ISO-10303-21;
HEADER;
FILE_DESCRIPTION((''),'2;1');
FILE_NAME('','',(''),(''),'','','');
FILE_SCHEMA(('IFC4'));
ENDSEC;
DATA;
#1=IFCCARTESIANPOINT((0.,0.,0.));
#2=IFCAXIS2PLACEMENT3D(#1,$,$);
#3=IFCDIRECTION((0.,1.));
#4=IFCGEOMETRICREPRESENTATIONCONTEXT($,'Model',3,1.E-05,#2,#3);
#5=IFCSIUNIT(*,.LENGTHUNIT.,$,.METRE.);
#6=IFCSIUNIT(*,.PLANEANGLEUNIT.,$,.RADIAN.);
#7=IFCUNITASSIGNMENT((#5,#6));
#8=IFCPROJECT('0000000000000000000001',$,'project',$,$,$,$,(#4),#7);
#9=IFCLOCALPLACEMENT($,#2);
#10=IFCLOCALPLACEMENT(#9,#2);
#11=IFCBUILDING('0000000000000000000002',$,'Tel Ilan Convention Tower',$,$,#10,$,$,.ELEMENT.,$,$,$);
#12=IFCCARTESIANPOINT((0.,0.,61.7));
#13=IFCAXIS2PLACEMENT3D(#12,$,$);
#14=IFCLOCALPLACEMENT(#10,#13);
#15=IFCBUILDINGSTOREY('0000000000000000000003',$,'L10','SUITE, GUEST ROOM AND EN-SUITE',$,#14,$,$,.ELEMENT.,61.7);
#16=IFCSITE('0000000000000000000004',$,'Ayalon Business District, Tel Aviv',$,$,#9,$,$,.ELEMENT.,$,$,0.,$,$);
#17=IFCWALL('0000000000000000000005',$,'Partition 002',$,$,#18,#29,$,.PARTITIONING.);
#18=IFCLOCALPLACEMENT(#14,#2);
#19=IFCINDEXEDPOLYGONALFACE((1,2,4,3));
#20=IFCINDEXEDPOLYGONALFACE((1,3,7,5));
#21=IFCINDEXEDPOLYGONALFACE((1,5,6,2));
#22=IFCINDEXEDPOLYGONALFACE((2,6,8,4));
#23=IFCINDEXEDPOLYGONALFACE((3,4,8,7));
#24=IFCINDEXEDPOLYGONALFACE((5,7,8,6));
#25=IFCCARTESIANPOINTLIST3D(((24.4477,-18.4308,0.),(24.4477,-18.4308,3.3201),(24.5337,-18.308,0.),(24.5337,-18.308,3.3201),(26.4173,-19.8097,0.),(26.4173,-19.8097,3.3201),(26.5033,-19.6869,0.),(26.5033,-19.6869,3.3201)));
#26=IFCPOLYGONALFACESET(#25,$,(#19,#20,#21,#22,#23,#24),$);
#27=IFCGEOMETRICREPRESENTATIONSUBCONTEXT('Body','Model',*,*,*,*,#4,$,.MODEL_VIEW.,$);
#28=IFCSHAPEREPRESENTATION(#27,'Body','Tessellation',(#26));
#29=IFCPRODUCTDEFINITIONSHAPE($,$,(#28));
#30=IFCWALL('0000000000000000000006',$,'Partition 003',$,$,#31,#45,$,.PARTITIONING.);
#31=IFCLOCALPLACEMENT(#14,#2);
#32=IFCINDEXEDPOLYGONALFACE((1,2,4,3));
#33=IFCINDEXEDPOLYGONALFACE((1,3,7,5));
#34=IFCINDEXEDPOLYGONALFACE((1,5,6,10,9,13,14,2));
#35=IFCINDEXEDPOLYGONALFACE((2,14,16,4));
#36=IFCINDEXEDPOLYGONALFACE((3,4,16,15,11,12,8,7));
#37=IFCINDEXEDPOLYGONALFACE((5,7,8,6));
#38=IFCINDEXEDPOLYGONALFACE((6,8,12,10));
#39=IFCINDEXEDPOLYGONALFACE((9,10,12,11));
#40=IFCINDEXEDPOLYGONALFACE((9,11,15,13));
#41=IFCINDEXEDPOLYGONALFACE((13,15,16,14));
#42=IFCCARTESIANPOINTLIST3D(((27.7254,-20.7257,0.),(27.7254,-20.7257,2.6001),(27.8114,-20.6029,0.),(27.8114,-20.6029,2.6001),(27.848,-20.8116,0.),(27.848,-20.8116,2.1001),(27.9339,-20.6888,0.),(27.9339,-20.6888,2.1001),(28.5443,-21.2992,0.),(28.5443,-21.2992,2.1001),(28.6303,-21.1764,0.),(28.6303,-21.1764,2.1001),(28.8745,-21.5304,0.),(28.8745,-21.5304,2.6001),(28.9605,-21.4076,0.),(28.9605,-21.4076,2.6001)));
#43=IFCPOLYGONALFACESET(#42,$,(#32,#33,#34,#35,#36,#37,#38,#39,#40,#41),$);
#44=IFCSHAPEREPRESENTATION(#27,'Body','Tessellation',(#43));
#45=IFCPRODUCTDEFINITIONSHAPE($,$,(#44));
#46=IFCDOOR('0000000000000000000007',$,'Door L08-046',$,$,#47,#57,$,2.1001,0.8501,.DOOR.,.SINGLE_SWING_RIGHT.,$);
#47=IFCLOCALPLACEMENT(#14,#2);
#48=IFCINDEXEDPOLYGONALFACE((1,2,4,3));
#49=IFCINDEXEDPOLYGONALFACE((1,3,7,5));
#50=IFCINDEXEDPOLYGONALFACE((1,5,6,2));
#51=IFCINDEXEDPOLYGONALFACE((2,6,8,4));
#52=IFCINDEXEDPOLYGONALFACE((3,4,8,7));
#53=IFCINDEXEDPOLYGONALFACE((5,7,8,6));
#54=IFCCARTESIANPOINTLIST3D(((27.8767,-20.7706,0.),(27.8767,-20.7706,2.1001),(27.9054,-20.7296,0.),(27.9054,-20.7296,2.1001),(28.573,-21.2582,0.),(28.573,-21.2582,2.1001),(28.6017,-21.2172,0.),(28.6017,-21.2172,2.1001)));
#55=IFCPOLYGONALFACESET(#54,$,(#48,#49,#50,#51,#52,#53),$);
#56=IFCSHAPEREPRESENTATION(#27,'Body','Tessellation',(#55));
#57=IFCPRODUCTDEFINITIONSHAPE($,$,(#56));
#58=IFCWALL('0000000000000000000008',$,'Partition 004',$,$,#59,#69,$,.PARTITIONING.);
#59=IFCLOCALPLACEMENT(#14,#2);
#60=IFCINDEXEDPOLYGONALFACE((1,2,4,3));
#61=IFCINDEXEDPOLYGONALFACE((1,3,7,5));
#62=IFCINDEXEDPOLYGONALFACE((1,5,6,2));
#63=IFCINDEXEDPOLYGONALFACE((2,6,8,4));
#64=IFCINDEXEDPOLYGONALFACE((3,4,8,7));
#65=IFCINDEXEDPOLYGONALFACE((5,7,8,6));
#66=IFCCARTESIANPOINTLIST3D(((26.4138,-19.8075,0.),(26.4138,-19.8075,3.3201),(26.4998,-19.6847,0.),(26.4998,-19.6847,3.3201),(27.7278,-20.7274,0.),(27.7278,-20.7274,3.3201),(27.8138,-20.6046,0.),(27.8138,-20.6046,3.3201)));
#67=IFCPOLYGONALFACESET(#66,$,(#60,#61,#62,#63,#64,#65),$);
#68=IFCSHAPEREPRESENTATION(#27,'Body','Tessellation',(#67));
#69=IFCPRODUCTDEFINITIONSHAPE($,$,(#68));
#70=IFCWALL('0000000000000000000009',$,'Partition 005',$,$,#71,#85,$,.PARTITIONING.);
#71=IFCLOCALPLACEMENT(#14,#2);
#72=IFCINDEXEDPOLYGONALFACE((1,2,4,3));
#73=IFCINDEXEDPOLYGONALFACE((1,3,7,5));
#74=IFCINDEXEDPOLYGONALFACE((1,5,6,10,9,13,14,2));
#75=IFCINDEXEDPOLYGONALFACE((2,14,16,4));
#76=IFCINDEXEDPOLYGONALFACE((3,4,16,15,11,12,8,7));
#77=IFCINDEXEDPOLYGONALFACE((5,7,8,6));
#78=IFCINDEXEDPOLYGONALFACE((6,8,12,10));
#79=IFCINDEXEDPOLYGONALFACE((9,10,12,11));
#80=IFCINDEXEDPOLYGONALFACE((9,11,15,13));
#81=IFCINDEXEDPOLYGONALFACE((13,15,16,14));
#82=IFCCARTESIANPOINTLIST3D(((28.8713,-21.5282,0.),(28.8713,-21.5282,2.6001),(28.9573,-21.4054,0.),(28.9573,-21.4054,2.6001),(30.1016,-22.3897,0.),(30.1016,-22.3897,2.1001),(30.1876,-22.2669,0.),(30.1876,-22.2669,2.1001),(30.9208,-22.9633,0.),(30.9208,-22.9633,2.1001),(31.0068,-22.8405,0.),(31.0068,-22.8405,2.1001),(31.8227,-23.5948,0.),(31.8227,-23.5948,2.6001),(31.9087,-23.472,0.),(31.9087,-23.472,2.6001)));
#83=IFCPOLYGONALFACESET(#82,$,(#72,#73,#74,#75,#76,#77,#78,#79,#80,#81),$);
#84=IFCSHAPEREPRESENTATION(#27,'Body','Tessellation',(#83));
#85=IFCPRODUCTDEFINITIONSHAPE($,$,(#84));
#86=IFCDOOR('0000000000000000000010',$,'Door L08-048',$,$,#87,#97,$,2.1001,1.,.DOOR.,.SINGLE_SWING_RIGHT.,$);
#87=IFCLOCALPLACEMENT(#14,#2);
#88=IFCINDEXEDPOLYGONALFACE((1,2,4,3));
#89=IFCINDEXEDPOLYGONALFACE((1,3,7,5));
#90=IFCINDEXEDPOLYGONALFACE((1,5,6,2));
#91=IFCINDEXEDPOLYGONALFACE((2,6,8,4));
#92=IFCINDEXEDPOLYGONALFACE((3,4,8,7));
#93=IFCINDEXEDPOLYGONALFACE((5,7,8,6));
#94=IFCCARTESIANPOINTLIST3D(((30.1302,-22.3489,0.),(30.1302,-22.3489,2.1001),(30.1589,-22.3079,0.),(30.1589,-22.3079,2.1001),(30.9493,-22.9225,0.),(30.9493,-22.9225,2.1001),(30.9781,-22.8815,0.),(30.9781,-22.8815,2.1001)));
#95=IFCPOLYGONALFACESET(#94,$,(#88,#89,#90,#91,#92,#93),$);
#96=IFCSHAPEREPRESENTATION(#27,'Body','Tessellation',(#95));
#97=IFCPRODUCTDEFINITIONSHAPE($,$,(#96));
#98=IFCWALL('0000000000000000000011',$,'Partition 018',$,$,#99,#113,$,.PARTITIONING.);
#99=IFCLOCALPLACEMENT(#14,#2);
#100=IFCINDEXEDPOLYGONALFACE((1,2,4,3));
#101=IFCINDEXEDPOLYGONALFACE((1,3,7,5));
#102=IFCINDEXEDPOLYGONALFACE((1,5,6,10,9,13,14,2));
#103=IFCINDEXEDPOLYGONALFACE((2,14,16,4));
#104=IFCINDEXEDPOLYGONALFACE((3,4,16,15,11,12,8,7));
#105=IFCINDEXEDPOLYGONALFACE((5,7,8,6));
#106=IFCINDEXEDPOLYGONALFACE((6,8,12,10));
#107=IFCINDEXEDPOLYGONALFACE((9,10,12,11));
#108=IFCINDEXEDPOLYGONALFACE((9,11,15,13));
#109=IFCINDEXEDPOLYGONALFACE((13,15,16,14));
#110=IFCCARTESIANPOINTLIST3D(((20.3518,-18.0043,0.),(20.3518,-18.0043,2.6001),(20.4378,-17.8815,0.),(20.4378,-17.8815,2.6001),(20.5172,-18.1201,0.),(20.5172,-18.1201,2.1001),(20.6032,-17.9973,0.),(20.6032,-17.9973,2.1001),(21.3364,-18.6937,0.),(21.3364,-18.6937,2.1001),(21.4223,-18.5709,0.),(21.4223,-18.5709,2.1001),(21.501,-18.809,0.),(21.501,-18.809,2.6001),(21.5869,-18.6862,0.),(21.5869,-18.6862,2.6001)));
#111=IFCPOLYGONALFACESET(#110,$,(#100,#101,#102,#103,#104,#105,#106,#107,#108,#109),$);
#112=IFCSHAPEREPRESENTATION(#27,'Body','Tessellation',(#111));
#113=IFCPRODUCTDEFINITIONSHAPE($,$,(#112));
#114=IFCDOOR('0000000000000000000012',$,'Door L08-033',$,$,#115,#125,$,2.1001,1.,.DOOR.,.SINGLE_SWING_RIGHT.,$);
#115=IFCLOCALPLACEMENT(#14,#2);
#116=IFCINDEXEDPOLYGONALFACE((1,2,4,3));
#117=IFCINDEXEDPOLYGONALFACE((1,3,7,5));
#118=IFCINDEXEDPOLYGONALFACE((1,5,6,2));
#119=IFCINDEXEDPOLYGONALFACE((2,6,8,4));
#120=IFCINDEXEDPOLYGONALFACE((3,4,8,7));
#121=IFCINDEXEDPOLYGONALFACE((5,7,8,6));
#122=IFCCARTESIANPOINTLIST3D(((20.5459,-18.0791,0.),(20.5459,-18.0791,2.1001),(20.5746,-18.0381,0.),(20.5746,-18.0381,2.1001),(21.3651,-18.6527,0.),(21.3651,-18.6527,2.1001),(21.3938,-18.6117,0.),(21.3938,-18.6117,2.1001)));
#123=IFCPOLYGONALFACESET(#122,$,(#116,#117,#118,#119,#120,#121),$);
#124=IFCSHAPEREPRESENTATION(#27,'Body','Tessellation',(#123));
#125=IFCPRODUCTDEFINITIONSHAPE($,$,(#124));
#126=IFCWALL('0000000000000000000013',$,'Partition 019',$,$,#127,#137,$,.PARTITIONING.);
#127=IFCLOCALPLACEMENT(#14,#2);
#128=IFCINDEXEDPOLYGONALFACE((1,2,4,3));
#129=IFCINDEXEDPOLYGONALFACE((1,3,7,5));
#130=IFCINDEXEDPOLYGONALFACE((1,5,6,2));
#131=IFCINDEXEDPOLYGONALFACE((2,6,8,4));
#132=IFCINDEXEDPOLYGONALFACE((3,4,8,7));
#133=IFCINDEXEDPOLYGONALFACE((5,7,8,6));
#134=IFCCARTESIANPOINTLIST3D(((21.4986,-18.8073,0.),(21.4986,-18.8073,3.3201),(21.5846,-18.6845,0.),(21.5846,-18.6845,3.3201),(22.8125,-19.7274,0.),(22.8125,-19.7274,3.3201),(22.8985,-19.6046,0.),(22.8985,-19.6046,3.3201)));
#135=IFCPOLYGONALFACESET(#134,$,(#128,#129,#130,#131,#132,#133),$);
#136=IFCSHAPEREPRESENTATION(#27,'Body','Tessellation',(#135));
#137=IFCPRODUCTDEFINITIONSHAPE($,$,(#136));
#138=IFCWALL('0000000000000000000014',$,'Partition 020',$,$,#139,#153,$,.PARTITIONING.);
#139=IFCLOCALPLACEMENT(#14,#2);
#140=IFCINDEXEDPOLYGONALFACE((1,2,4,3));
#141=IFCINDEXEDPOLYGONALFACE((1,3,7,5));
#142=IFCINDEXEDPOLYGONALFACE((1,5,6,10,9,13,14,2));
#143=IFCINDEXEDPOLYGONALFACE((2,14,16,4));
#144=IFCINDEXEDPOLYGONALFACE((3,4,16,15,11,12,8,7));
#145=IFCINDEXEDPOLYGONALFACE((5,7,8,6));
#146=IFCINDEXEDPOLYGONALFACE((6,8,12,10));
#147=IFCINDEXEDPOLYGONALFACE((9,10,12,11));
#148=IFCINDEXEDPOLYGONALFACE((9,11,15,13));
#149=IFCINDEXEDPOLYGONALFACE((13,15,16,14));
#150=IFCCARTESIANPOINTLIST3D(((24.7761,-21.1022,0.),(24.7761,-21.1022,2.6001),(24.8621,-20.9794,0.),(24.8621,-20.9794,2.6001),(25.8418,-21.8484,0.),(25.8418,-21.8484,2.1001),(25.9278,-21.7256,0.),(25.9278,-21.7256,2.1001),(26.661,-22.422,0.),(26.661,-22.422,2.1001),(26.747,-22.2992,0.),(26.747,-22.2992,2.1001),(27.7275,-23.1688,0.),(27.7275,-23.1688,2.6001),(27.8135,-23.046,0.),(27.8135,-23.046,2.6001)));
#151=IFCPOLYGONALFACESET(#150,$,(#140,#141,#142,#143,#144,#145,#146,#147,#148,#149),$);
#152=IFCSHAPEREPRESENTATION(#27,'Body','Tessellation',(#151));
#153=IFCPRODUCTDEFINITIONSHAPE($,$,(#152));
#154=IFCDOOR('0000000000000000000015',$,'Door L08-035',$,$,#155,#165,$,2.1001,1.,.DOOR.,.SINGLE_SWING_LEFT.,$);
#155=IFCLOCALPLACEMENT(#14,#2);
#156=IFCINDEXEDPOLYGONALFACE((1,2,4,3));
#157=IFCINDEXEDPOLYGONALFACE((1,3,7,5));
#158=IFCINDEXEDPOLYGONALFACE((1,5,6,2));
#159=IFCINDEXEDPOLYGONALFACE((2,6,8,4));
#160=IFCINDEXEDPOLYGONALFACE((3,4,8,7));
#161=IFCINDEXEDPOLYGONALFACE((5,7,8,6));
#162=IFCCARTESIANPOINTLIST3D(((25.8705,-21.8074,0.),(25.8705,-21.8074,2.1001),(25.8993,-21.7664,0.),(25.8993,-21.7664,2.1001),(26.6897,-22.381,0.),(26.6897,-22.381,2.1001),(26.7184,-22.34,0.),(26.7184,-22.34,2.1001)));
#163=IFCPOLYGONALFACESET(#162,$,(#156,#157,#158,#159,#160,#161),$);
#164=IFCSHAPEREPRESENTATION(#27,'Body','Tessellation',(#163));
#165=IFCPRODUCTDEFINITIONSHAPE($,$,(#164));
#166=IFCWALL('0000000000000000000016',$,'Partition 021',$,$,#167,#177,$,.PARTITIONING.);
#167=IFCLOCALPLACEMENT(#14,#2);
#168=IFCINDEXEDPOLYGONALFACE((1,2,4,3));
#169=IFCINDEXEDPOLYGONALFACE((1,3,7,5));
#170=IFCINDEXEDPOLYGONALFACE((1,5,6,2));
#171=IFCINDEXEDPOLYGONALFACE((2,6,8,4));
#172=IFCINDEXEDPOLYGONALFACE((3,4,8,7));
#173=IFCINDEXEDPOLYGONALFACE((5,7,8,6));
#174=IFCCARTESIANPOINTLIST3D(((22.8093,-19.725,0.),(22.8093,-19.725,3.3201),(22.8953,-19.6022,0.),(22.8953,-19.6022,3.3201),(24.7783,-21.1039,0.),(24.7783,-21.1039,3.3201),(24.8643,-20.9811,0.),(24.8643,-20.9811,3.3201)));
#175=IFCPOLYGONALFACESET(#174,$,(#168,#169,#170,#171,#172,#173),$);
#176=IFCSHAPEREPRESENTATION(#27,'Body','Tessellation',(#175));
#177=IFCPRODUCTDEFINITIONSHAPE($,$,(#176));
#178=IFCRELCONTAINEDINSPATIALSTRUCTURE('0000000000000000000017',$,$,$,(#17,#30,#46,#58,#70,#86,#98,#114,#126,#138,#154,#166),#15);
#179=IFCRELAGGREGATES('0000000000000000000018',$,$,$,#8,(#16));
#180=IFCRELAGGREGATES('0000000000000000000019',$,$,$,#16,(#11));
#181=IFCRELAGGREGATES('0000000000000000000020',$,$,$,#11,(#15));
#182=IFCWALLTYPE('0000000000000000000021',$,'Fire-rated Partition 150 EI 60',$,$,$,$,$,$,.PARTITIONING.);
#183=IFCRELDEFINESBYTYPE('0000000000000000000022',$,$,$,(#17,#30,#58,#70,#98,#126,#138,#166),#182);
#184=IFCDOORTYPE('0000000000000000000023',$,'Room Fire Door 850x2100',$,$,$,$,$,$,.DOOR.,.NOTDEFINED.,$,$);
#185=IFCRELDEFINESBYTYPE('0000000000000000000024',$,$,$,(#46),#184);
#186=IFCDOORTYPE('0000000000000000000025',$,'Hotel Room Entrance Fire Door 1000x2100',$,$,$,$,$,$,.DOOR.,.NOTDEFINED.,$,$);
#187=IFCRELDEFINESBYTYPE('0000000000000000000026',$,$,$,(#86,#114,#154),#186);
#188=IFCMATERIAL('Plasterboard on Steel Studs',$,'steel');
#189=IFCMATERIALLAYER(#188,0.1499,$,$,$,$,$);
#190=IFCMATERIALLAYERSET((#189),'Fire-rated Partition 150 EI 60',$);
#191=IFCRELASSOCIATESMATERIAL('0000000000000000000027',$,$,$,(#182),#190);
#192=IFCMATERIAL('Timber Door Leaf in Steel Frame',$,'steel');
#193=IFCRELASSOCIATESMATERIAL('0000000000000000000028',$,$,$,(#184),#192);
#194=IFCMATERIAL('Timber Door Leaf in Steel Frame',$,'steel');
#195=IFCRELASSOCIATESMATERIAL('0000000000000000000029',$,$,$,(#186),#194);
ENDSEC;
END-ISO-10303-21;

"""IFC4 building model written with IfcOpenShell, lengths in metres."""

from ifc_helpers import new_model, si_unit, direction, frame, frame_2d, origin, place, context, subcontext, project, spatial, rectangle, extrude, material, layer, layer_set, type_object, element, fill, save


model = new_model("IFC4")

# Units and contexts
model_context = context("Model", 3, precision=1e-05, world=origin(), true_north=direction((0.0, 1.0)))
body_context = subcontext(model_context, "Body", "Model", "MODEL_VIEW")
ifc_project = project(units=[si_unit("LENGTHUNIT", "METRE"), si_unit("PLANEANGLEUNIT", "RADIAN")], contexts=[model_context])

# Site, building, storey
site_placement = place(None, origin())
site = spatial("IfcSite", under=ifc_project, at=site_placement, Name="Ayalon Business District, Tel Aviv", CompositionType="ELEMENT", RefElevation=0.0)
building_placement = place(site_placement, origin())
building = spatial("IfcBuilding", under=site, at=building_placement, Name="Tel Ilan Convention Tower", CompositionType="ELEMENT")
storey_placement = place(building_placement, frame((0.0, 0.0, 61.7)))
storey = spatial("IfcBuildingStorey", under=building, at=storey_placement, Name="L10", Description="SUITE, GUEST ROOM AND EN-SUITE", CompositionType="ELEMENT", Elevation=61.7)

# Wall
ifc_material_1 = material(Name="Plasterboard on Steel Studs", Category="steel")
ifc_layer_1 = layer(ifc_material_1, 0.1499)
ifc_layer_set_1 = layer_set([ifc_layer_1], Name="Fire-rated Partition 150 EI 60")
wall_type_1 = type_object("IfcWallType", Name="Fire-rated Partition 150 EI 60", PredefinedType="PARTITIONING", material=ifc_layer_set_1)
wall_1_placement = place(storey_placement, frame((24.4907, -18.3694, 0.0), z_axis=(0.0, 0.0, 1.0), x_axis=(0.819179, -0.573537, 0.0)))
element("IfcWall", 1, at=wall_1_placement, inside=storey, type_object=wall_type_1, Name="Partition 002", PredefinedType="PARTITIONING", context=body_context, shape_type="SweptSolid", body=[
    extrude(rectangle(XDim=2.4043, YDim=0.1499, at=frame_2d((1.2021, 0.0))), origin(), (0.0, 0.0, 1.0), 3.3201),
])

# Wall, opening, door
wall_2_placement = place(storey_placement, frame((28.9175, -21.469, 0.0), z_axis=(0.0, 0.0, 1.0), x_axis=(-0.819142, 0.573591, 0.0)))
wall_2 = element("IfcWall", 2, at=wall_2_placement, inside=storey, type_object=wall_type_1, Name="Partition 003", PredefinedType="PARTITIONING", context=body_context, shape_type="SweptSolid", body=[
    extrude(rectangle(XDim=1.4028, YDim=0.1499, at=frame_2d((0.7014, 0.0))), origin(), (0.0, 0.0, 1.0), 2.6001),
])
opening_1_placement = place(wall_2_placement, frame((0.4031, 0.0, 0.0)))
opening_1 = element("IfcOpeningElement", 3, at=opening_1_placement, cuts=wall_2, PredefinedType="OPENING", context=body_context, shape_type="SweptSolid", body=[
    extrude(rectangle(XDim=0.8501, YDim=2.1001, at=frame_2d((0.425, 1.05))), frame((0.0, 0.085, 0.0), z_axis=(0.0, -1.0, 0.0), x_axis=(1.0, 0.0, 0.0)), (0.0, 0.0, 1.0), 0.1699),
])
ifc_material_2 = material(Name="Timber Door Leaf in Steel Frame", Category="steel")
door_type_1 = type_object("IfcDoorType", Name="Room Fire Door 850x2100", OperationType="NOTDEFINED", PredefinedType="DOOR", material=ifc_material_2)
door_1_placement = place(opening_1_placement, origin())
door_1 = element("IfcDoor", 4, at=door_1_placement, inside=storey, type_object=door_type_1, Name="Door L08-046", OperationType="SINGLE_SWING_RIGHT", OverallHeight=2.1001, OverallWidth=0.8501, PredefinedType="DOOR", context=body_context, shape_type="SweptSolid", body=[
    extrude(rectangle(XDim=0.8501, YDim=2.1001, at=frame_2d((0.425, 1.05))), frame((0.0, 0.0249, 0.0), z_axis=(0.0, -1.0, 0.0), x_axis=(1.0, 0.0, 0.0)), (0.0, 0.0, 1.0), 0.05),
])
fill(opening_1, door_1)

# Wall
wall_3_placement = place(storey_placement, frame((26.4568, -19.7461, 0.0), z_axis=(0.0, 0.0, 1.0), x_axis=(0.819189, -0.573524, 0.0)))
element("IfcWall", 5, at=wall_3_placement, inside=storey, type_object=wall_type_1, Name="Partition 004", PredefinedType="PARTITIONING", context=body_context, shape_type="SweptSolid", body=[
    extrude(rectangle(XDim=1.604, YDim=0.1499, at=frame_2d((0.802, 0.0))), origin(), (0.0, 0.0, 1.0), 3.3201),
])

# Walls, openings, doors
wall_4_placement = place(storey_placement, frame((28.9143, -21.4668, 0.0), z_axis=(0.0, 0.0, 1.0), x_axis=(0.819146, -0.573585, 0.0)))
wall_4 = element("IfcWall", 6, at=wall_4_placement, inside=storey, type_object=wall_type_1, Name="Partition 005", PredefinedType="PARTITIONING", context=body_context, shape_type="SweptSolid", body=[
    extrude(rectangle(XDim=3.603, YDim=0.1499, at=frame_2d((1.8015, 0.0))), origin(), (0.0, 0.0, 1.0), 2.6001),
])
opening_2_placement = place(wall_4_placement, frame((1.502, 0.0, 0.0)))
opening_2 = element("IfcOpeningElement", 7, at=opening_2_placement, cuts=wall_4, PredefinedType="OPENING", context=body_context, shape_type="SweptSolid", body=[
    extrude(rectangle(XDim=1.0, YDim=2.1001, at=frame_2d((0.5, 1.05))), frame((0.0, 0.085, 0.0), z_axis=(0.0, -1.0, 0.0), x_axis=(1.0, 0.0, 0.0)), (0.0, 0.0, 1.0), 0.1699),
])
ifc_material_3 = material(Name="Timber Door Leaf in Steel Frame", Category="steel")
door_type_2 = type_object("IfcDoorType", Name="Hotel Room Entrance Fire Door 1000x2100", OperationType="NOTDEFINED", PredefinedType="DOOR", material=ifc_material_3)
door_2_placement = place(opening_2_placement, origin())
door_2 = element("IfcDoor", 8, at=door_2_placement, inside=storey, type_object=door_type_2, Name="Door L08-048", OperationType="SINGLE_SWING_RIGHT", OverallHeight=2.1001, OverallWidth=1.0, PredefinedType="DOOR", context=body_context, shape_type="SweptSolid", body=[
    extrude(rectangle(XDim=1.0, YDim=2.1001, at=frame_2d((0.5, 1.05))), frame((0.0, 0.0249, 0.0), z_axis=(0.0, -1.0, 0.0), x_axis=(1.0, 0.0, 0.0)), (0.0, 0.0, 1.0), 0.05),
])
fill(opening_2, door_2)
wall_5_placement = place(storey_placement, frame((21.5439, -18.7476, 0.0), z_axis=(0.0, 0.0, 1.0), x_axis=(-0.819142, 0.573591, 0.0)))
wall_5 = element("IfcWall", 9, at=wall_5_placement, inside=storey, type_object=wall_type_1, Name="Partition 018", PredefinedType="PARTITIONING", context=body_context, shape_type="SweptSolid", body=[
    extrude(rectangle(XDim=1.4028, YDim=0.1499, at=frame_2d((0.7014, 0.0))), origin(), (0.0, 0.0, 1.0), 2.6001),
])
opening_3_placement = place(wall_5_placement, frame((0.2009, 0.0, 0.0)))
opening_3 = element("IfcOpeningElement", 10, at=opening_3_placement, cuts=wall_5, PredefinedType="OPENING", context=body_context, shape_type="SweptSolid", body=[
    extrude(rectangle(XDim=1.0, YDim=2.1001, at=frame_2d((0.5, 1.05))), frame((0.0, 0.085, 0.0), z_axis=(0.0, -1.0, 0.0), x_axis=(1.0, 0.0, 0.0)), (0.0, 0.0, 1.0), 0.1699),
])
door_3_placement = place(opening_3_placement, origin())
door_3 = element("IfcDoor", 11, at=door_3_placement, inside=storey, type_object=door_type_2, Name="Door L08-033", OperationType="SINGLE_SWING_RIGHT", OverallHeight=2.1001, OverallWidth=1.0, PredefinedType="DOOR", context=body_context, shape_type="SweptSolid", body=[
    extrude(rectangle(XDim=1.0, YDim=2.1001, at=frame_2d((0.5, 1.05))), frame((0.0, 0.0249, 0.0), z_axis=(0.0, -1.0, 0.0), x_axis=(1.0, 0.0, 0.0)), (0.0, 0.0, 1.0), 0.05),
])
fill(opening_3, door_3)

# Wall
wall_6_placement = place(storey_placement, frame((22.8555, -19.666, 0.0), z_axis=(0.0, 0.0, 1.0), x_axis=(-0.819118, 0.573626, 0.0)))
element("IfcWall", 12, at=wall_6_placement, inside=storey, type_object=wall_type_1, Name="Partition 019", PredefinedType="PARTITIONING", context=body_context, shape_type="SweptSolid", body=[
    extrude(rectangle(XDim=1.604, YDim=0.1499, at=frame_2d((0.802, 0.0))), origin(), (0.0, 0.0, 1.0), 3.3201),
])

# Wall, opening, door
wall_7_placement = place(storey_placement, frame((27.7705, -23.1074, 0.0), z_axis=(0.0, 0.0, 1.0), x_axis=(-0.819146, 0.573585, 0.0)))
wall_7 = element("IfcWall", 13, at=wall_7_placement, inside=storey, type_object=wall_type_1, Name="Partition 020", PredefinedType="PARTITIONING", context=body_context, shape_type="SweptSolid", body=[
    extrude(rectangle(XDim=3.603, YDim=0.1499, at=frame_2d((1.8015, 0.0))), origin(), (0.0, 0.0, 1.0), 2.6001),
])
opening_4_placement = place(wall_7_placement, frame((1.302, 0.0, 0.0)))
opening_4 = element("IfcOpeningElement", 14, at=opening_4_placement, cuts=wall_7, PredefinedType="OPENING", context=body_context, shape_type="SweptSolid", body=[
    extrude(rectangle(XDim=1.0, YDim=2.1001, at=frame_2d((0.5, 1.05))), frame((0.0, 0.085, 0.0), z_axis=(0.0, -1.0, 0.0), x_axis=(1.0, 0.0, 0.0)), (0.0, 0.0, 1.0), 0.1699),
])
door_4_placement = place(opening_4_placement, origin())
door_4 = element("IfcDoor", 15, at=door_4_placement, inside=storey, type_object=door_type_2, Name="Door L08-035", OperationType="SINGLE_SWING_LEFT", OverallHeight=2.1001, OverallWidth=1.0, PredefinedType="DOOR", context=body_context, shape_type="SweptSolid", body=[
    extrude(rectangle(XDim=1.0, YDim=2.1001, at=frame_2d((0.5, 1.05))), frame((0.0, 0.0249, 0.0), z_axis=(0.0, -1.0, 0.0), x_axis=(1.0, 0.0, 0.0)), (0.0, 0.0, 1.0), 0.05),
])
fill(opening_4, door_4)

# Wall
wall_8_placement = place(storey_placement, frame((24.8213, -21.0425, 0.0), z_axis=(0.0, 0.0, 1.0), x_axis=(-0.819113, 0.573633, 0.0)))
element("IfcWall", 16, at=wall_8_placement, inside=storey, type_object=wall_type_1, Name="Partition 021", PredefinedType="PARTITIONING", context=body_context, shape_type="SweptSolid", body=[
    extrude(rectangle(XDim=2.4038, YDim=0.1499, at=frame_2d((1.2019, 0.0))), origin(), (0.0, 0.0, 1.0), 3.3201),
])

save(model, "model.ifc")
